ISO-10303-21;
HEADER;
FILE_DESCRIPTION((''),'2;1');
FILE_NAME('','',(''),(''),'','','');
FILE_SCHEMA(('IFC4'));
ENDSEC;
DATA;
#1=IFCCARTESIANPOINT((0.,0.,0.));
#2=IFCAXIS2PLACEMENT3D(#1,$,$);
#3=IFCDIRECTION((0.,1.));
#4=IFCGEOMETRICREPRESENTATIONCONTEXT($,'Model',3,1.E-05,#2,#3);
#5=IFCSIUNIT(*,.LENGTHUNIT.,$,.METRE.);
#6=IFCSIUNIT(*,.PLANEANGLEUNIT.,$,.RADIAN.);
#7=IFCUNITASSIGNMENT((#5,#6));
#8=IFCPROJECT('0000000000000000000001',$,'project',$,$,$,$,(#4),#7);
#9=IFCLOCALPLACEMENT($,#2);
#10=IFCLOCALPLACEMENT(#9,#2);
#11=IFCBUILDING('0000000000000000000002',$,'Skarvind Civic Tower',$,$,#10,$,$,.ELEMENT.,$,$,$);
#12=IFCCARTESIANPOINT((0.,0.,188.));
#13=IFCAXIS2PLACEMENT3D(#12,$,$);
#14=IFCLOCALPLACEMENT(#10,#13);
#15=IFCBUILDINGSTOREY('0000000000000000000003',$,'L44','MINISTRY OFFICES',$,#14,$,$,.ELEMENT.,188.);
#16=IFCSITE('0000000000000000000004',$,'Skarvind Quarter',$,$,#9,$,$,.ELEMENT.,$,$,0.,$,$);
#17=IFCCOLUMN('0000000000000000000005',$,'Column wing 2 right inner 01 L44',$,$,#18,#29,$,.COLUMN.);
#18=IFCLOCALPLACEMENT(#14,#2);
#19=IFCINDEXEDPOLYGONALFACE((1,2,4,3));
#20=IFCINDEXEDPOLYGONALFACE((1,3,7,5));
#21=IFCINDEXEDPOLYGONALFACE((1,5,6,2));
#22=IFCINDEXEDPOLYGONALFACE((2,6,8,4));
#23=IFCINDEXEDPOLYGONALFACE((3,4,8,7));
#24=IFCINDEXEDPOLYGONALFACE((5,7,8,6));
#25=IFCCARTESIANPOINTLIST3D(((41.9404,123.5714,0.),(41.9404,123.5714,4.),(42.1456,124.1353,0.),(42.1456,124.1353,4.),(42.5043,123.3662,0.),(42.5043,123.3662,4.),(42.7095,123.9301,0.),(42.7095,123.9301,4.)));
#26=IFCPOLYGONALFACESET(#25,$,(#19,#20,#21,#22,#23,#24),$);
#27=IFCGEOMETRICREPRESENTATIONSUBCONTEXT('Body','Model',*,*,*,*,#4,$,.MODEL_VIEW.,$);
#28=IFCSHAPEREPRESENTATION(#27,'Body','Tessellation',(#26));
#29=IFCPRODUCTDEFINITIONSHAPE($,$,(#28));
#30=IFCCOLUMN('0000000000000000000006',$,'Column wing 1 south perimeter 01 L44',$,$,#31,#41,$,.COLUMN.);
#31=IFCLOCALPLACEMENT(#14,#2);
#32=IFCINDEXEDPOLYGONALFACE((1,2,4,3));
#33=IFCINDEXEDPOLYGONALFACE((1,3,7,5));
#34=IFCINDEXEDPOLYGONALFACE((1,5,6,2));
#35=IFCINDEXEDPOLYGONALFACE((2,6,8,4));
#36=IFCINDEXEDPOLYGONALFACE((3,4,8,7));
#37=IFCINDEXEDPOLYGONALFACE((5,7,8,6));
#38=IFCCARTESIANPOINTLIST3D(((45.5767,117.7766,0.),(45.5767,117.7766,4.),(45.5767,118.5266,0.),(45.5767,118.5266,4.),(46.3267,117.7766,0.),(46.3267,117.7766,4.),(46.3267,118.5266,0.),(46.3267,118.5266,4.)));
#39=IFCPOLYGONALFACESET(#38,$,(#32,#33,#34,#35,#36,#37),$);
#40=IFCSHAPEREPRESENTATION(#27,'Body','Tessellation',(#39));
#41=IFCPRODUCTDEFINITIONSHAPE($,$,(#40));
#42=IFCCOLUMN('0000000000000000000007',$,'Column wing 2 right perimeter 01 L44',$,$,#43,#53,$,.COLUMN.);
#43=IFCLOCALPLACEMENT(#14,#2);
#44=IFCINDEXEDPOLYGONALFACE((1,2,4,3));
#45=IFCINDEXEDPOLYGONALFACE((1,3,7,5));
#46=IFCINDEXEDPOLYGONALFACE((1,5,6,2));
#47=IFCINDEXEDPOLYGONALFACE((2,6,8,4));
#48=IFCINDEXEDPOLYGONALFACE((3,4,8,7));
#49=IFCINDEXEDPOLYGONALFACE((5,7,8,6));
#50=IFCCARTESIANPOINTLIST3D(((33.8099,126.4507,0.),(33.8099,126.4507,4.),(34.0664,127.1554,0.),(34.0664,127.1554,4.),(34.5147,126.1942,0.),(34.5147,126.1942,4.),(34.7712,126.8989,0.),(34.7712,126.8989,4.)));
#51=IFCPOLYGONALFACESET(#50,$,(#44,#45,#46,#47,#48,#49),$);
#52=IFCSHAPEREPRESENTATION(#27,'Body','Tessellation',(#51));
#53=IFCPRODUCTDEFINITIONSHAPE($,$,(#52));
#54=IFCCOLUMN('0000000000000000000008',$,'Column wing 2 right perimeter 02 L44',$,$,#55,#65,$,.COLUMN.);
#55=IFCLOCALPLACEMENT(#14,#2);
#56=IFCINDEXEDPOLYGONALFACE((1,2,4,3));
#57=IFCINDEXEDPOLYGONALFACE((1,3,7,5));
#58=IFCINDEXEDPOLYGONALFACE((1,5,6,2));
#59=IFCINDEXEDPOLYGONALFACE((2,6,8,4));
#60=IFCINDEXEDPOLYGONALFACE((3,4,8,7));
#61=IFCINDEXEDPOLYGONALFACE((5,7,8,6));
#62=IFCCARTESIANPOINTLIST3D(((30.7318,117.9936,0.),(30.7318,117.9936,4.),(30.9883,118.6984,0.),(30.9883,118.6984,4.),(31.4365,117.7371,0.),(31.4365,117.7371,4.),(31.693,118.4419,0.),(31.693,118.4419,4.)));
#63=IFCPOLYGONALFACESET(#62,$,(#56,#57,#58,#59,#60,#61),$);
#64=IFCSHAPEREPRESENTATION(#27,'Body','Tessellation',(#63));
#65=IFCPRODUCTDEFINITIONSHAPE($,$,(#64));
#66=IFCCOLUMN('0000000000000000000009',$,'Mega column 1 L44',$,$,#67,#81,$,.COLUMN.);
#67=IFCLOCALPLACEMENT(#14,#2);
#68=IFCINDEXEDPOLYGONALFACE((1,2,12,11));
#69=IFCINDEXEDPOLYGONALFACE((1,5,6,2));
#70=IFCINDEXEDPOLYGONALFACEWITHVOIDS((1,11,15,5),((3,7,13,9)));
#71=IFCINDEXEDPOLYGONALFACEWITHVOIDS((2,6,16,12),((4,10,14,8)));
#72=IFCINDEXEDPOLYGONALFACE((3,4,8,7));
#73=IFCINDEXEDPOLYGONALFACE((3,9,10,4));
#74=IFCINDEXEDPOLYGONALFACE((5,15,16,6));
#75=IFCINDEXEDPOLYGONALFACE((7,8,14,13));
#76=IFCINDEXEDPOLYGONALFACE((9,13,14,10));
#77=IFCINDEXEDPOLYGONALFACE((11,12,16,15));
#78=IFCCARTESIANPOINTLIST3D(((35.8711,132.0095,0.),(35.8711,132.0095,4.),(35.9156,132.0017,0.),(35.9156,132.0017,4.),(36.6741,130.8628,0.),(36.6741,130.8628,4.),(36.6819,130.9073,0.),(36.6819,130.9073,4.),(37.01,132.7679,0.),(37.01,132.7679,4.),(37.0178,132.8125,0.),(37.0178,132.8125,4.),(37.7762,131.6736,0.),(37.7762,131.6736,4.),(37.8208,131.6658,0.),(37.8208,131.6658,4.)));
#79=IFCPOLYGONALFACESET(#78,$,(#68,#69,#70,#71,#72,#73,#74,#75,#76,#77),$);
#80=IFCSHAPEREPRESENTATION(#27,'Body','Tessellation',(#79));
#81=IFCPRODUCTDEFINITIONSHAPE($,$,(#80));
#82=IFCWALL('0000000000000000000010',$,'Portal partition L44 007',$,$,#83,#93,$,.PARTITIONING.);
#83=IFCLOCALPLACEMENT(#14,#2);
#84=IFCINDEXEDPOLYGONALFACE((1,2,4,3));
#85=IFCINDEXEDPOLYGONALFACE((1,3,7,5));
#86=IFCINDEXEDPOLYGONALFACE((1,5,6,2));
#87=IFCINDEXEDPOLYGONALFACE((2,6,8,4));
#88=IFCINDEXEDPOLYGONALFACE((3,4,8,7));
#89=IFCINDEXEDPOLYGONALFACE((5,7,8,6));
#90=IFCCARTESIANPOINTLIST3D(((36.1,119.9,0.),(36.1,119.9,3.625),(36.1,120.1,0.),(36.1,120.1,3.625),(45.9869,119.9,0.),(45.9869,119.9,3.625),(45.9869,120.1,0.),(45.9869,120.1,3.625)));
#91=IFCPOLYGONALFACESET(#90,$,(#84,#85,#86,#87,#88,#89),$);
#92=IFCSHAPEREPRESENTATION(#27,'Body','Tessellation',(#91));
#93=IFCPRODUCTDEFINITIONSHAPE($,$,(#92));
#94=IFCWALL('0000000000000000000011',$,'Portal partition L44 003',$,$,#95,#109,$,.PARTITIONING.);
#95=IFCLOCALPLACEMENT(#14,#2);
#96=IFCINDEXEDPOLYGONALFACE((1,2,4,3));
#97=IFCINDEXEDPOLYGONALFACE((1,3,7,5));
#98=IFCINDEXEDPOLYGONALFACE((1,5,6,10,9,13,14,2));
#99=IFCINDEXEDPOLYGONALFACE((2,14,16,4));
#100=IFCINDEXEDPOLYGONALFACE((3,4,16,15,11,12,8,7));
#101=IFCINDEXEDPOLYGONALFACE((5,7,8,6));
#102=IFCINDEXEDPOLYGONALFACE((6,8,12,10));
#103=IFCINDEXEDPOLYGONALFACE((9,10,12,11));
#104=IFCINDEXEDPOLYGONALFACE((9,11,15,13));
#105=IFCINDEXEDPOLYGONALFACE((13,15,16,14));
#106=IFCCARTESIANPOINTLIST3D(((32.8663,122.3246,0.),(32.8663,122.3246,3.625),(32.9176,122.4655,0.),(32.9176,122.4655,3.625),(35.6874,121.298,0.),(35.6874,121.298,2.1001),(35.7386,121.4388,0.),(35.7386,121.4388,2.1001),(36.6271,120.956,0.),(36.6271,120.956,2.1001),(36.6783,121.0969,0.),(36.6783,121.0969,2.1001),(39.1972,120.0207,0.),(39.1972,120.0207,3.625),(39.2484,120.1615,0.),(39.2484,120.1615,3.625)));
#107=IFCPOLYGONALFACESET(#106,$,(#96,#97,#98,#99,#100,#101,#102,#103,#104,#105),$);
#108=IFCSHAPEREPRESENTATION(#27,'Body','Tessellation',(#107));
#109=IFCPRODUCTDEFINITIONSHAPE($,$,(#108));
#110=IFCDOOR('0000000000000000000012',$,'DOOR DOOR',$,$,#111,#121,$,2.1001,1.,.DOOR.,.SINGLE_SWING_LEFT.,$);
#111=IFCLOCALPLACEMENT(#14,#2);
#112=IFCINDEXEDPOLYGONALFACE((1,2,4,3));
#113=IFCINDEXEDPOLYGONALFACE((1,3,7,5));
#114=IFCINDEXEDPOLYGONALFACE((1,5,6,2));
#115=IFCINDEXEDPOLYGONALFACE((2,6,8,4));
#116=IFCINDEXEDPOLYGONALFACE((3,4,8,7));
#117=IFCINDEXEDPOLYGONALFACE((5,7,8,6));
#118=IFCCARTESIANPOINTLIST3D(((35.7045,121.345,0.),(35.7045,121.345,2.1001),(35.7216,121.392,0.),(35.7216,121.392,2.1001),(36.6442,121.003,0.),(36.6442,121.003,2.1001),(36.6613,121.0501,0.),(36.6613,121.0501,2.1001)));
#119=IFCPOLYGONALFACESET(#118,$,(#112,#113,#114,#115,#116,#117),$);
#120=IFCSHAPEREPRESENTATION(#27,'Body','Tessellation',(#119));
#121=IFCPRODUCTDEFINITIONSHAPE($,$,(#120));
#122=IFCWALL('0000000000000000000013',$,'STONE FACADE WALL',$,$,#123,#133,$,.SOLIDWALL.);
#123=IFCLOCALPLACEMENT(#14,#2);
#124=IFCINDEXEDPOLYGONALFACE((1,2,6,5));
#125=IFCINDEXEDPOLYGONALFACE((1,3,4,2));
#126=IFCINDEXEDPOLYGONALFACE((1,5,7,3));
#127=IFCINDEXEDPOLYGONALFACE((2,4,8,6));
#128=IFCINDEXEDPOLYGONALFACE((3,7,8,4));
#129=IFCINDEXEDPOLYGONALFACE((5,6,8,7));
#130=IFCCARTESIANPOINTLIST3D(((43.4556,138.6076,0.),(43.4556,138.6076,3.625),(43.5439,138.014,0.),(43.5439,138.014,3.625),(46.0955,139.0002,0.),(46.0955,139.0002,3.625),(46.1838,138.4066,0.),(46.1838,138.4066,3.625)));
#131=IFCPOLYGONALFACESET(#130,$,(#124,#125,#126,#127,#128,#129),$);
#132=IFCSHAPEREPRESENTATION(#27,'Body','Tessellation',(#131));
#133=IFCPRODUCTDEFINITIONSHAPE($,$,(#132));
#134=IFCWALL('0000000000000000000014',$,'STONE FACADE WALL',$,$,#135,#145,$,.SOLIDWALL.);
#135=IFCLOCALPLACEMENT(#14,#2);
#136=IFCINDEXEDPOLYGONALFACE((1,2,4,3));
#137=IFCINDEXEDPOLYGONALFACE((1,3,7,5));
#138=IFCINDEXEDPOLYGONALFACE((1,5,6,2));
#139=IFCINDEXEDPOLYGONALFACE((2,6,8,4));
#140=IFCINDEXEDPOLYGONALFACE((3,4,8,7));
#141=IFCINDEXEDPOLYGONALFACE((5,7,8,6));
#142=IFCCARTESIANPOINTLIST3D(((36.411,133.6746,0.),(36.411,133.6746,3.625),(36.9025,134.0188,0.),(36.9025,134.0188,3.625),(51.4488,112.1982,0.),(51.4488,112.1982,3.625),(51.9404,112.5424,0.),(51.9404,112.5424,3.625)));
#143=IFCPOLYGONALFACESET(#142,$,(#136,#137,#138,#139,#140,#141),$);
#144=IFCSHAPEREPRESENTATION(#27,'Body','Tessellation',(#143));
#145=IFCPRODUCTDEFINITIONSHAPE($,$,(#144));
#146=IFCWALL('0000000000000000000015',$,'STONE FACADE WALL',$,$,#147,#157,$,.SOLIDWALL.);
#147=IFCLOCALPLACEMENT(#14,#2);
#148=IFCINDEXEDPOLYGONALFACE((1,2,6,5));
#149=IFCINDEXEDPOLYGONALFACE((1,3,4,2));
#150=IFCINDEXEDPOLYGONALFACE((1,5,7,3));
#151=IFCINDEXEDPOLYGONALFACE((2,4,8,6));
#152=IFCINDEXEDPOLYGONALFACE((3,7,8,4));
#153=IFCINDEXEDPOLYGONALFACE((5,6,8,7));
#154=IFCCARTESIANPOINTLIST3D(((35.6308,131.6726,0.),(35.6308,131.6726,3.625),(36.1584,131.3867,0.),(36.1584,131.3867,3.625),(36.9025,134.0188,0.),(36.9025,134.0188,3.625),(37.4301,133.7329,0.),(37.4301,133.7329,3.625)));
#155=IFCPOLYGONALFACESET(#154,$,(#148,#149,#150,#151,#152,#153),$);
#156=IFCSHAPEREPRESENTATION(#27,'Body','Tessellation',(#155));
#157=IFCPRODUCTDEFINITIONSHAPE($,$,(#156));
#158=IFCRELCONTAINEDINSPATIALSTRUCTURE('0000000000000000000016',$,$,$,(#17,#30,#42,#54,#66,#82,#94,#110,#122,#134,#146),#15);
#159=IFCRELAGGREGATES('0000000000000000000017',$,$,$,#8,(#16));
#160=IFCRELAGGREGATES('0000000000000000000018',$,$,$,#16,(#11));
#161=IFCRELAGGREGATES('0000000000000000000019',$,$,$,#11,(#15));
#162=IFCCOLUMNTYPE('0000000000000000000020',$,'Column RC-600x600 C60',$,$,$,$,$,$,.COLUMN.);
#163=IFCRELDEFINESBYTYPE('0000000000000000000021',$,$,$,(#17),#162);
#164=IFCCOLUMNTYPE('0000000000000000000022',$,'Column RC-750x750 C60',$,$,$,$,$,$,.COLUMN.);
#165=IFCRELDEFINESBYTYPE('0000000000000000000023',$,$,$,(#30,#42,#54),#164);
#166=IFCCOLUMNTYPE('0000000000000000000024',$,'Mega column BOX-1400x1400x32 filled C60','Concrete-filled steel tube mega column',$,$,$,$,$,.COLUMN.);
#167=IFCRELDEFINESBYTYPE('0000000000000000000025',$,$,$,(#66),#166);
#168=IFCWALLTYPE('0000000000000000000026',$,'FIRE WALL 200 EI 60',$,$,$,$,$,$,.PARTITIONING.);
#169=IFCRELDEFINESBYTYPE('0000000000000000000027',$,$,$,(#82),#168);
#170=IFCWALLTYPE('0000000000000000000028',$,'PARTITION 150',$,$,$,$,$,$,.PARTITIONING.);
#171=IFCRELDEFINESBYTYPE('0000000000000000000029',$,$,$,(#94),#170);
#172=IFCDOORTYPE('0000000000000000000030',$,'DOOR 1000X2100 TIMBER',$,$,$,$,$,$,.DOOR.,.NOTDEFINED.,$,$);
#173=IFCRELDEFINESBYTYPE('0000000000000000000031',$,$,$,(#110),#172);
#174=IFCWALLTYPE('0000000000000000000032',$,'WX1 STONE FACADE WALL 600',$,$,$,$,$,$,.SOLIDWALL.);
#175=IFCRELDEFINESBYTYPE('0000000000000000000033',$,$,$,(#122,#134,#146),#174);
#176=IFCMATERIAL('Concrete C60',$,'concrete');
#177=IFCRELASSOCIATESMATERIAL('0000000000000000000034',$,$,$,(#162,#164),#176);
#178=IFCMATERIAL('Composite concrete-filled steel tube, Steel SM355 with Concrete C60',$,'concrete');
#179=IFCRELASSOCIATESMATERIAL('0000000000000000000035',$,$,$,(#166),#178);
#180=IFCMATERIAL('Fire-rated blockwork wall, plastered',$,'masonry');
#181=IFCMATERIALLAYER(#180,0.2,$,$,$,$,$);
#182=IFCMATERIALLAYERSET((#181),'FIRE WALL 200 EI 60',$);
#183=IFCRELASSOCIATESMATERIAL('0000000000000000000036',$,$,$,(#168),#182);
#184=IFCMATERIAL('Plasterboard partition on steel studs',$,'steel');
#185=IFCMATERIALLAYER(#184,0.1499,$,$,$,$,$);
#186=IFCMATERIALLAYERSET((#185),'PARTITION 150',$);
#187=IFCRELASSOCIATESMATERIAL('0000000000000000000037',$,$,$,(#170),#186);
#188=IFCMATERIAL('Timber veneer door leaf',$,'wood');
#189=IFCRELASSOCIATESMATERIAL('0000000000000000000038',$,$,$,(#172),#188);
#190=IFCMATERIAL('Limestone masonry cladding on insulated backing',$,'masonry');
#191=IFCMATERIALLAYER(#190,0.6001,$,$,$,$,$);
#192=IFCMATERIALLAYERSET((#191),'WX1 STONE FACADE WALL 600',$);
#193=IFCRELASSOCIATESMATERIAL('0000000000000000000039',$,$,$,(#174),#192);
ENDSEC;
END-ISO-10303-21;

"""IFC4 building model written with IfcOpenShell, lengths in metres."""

from ifc_helpers import new_model, si_unit, direction, frame, frame_2d, origin, origin_2d, place, context, subcontext, project, spatial, rectangle, hollow_rectangle, extrude, material, layer, layer_set, material_profile, profile_set, type_object, element, fill, save


model = new_model("IFC4")

# Units and contexts
model_context = context("Model", 3, precision=1e-05, world=origin(), true_north=direction((0.0, 1.0)))
body_context = subcontext(model_context, "Body", "Model", "MODEL_VIEW")
ifc_project = project(units=[si_unit("LENGTHUNIT", "METRE"), si_unit("PLANEANGLEUNIT", "RADIAN")], contexts=[model_context])

# Site, building, storey
site_placement = place(None, origin())
site = spatial("IfcSite", under=ifc_project, at=site_placement, Name="Skarvind Quarter", CompositionType="ELEMENT", RefElevation=0.0)
building_placement = place(site_placement, origin())
building = spatial("IfcBuilding", under=site, at=building_placement, Name="Skarvind Civic Tower", CompositionType="ELEMENT")
storey_placement = place(building_placement, frame((0.0, 0.0, 188.0)))
storey = spatial("IfcBuildingStorey", under=building, at=storey_placement, Name="L44", Description="MINISTRY OFFICES", CompositionType="ELEMENT", Elevation=188.0)

# Columns
ifc_material_1 = material(Name="Concrete C60", Category="concrete")
ifc_material_profile_1 = material_profile(ifc_material_1, rectangle(XDim=0.6001, YDim=0.6001, at=origin_2d()), Name="RC-600x600")
ifc_profile_set_1 = profile_set([ifc_material_profile_1], Name="Concrete C60")
column_type_1 = type_object("IfcColumnType", Name="Column RC-600x600 C60", PredefinedType="COLUMN", material=ifc_profile_set_1)
column_1_placement = place(storey_placement, frame((42.325, 123.7507, 0.0), z_axis=(0.0, 0.0, 1.0), x_axis=(-0.34202, -0.939693, 0.0)))
element("IfcColumn", 1, at=column_1_placement, inside=storey, type_object=column_type_1, Name="Column wing 2 right inner 01 L44", PredefinedType="COLUMN", context=body_context, shape_type="SweptSolid", body=[
    extrude(rectangle(XDim=0.6001, YDim=0.6001, at=origin_2d()), origin(), (0.0, 0.0, 1.0), 4.0),
])
ifc_material_profile_2 = material_profile(ifc_material_1, rectangle(XDim=0.75, YDim=0.75, at=origin_2d()), Name="RC-750x750")
ifc_profile_set_2 = profile_set([ifc_material_profile_2], Name="Concrete C60")
column_type_2 = type_object("IfcColumnType", Name="Column RC-750x750 C60", PredefinedType="COLUMN", material=ifc_profile_set_2)
for number, where, z_axis, x_axis, name in (
    (2, (45.9517, 118.1516, 0.0), (0.0, 0.0, 1.0), (1.0, 0.0, 0.0), "Column wing 1 south perimeter 01 L44"),
    (3, (34.2905, 126.6748, 0.0), (0.0, 0.0, 1.0), (-0.34202, -0.939693, 0.0), "Column wing 2 right perimeter 01 L44"),
    (4, (31.2124, 118.2178, 0.0), (0.0, 0.0, 1.0), (-0.34202, -0.939693, 0.0), "Column wing 2 right perimeter 02 L44"),
):
    element("IfcColumn", number, at=place(storey_placement, frame(where, z_axis=z_axis, x_axis=x_axis)), inside=storey, type_object=column_type_2, Name=name, PredefinedType="COLUMN", context=body_context, shape_type="SweptSolid", body=[
        extrude(rectangle(XDim=0.75, YDim=0.75, at=origin_2d()), origin(), (0.0, 0.0, 1.0), 4.0),
    ])
ifc_material_2 = material(Name="Composite concrete-filled steel tube, Steel SM355 with Concrete C60", Category="concrete")
ifc_material_profile_3 = material_profile(ifc_material_2, hollow_rectangle(XDim=1.3999, YDim=1.3999, WallThickness=0.032, at=origin_2d()), Name="BOX-1400x1400x32")
ifc_profile_set_3 = profile_set([ifc_material_profile_3], Name="Composite concrete-filled steel tube, Steel SM355 with Concrete C60")
column_type_3 = type_object("IfcColumnType", Name="Mega column BOX-1400x1400x32 filled C60", Description="Concrete-filled steel tube mega column", PredefinedType="COLUMN", material=ifc_profile_set_3)
column_2_placement = place(storey_placement, frame((36.8459, 131.8376, 0.0), z_axis=(0.0, 0.0, 1.0), x_axis=(0.573576, -0.819152, 0.0)))
element("IfcColumn", 5, at=column_2_placement, inside=storey, type_object=column_type_3, Name="Mega column 1 L44", PredefinedType="COLUMN", context=body_context, shape_type="SweptSolid", body=[
    extrude(hollow_rectangle(XDim=1.3999, YDim=1.3999, WallThickness=0.032, at=origin_2d()), origin(), (0.0, 0.0, 1.0), 4.0),
])

# Wall
ifc_material_3 = material(Name="Fire-rated blockwork wall, plastered", Category="masonry")
ifc_layer_1 = layer(ifc_material_3, 0.2)
ifc_layer_set_1 = layer_set([ifc_layer_1], Name="FIRE WALL 200 EI 60")
wall_type_1 = type_object("IfcWallType", Name="FIRE WALL 200 EI 60", PredefinedType="PARTITIONING", material=ifc_layer_set_1)
wall_1_placement = place(storey_placement, frame((36.1001, 120.0, 0.0), z_axis=(0.0, 0.0, 1.0), x_axis=(1.0, 0.0, 0.0)))
element("IfcWall", 6, at=wall_1_placement, inside=storey, type_object=wall_type_1, Name="Portal partition L44 007", PredefinedType="PARTITIONING", context=body_context, shape_type="SweptSolid", body=[
    extrude(rectangle(XDim=9.887, YDim=0.2, at=frame_2d((4.9434, 0.0))), origin(), (0.0, 0.0, 1.0), 3.625),
])

# Wall, opening, door
ifc_material_4 = material(Name="Plasterboard partition on steel studs", Category="steel")
ifc_layer_2 = layer(ifc_material_4, 0.1499)
ifc_layer_set_2 = layer_set([ifc_layer_2], Name="PARTITION 150")
wall_type_2 = type_object("IfcWallType", Name="PARTITION 150", PredefinedType="PARTITIONING", material=ifc_layer_set_2)
wall_2_placement = place(storey_placement, frame((39.2229, 120.0911, 0.0), z_axis=(0.0, 0.0, 1.0), x_axis=(-0.939706, 0.341985, 0.0)))
wall_2 = element("IfcWall", 7, at=wall_2_placement, inside=storey, type_object=wall_type_2, Name="Portal partition L44 003", PredefinedType="PARTITIONING", context=body_context, shape_type="SweptSolid", body=[
    extrude(rectangle(XDim=6.7371, YDim=0.1499, at=frame_2d((3.3687, 0.0))), origin(), (0.0, 0.0, 1.0), 3.625),
])
opening_placement = place(wall_2_placement, frame((2.7351, 0.0, 0.0)))
opening = element("IfcOpeningElement", 8, at=opening_placement, cuts=wall_2, PredefinedType="OPENING", context=body_context, shape_type="SweptSolid", body=[
    extrude(rectangle(XDim=1.0, YDim=2.1001, at=frame_2d((0.5, 1.05))), frame((0.0, 0.085, 0.0), z_axis=(0.0, -1.0, 0.0), x_axis=(1.0, 0.0, 0.0)), (0.0, 0.0, 1.0), 0.1699),
])
ifc_material_5 = material(Name="Timber veneer door leaf", Category="wood")
door_type = type_object("IfcDoorType", Name="DOOR 1000X2100 TIMBER", OperationType="NOTDEFINED", PredefinedType="DOOR", material=ifc_material_5)
door_placement = place(opening_placement, origin())
door = element("IfcDoor", 9, at=door_placement, inside=storey, type_object=door_type, Name="DOOR DOOR", OperationType="SINGLE_SWING_LEFT", OverallHeight=2.1001, OverallWidth=1.0, PredefinedType="DOOR", context=body_context, shape_type="SweptSolid", body=[
    extrude(rectangle(XDim=1.0, YDim=2.1001, at=frame_2d((0.5, 1.05))), frame((0.0, 0.0249, 0.0), z_axis=(0.0, -1.0, 0.0), x_axis=(1.0, 0.0, 0.0)), (0.0, 0.0, 1.0), 0.05),
])
fill(opening, door)

# Walls
ifc_material_6 = material(Name="Limestone masonry cladding on insulated backing", Category="masonry")
ifc_layer_3 = layer(ifc_material_6, 0.6001)
ifc_layer_set_3 = layer_set([ifc_layer_3], Name="WX1 STONE FACADE WALL 600")
wall_type_3 = type_object("IfcWallType", Name="WX1 STONE FACADE WALL 600", PredefinedType="SOLIDWALL", material=ifc_layer_set_3)
wall_3_placement = place(storey_placement, frame((43.4998, 138.3108, 0.0), z_axis=(0.0, 0.0, 1.0), x_axis=(0.989123, 0.147092, 0.0)))
element("IfcWall", 10, at=wall_3_placement, inside=storey, type_object=wall_type_3, Name="STONE FACADE WALL", PredefinedType="SOLIDWALL", context=body_context, shape_type="SweptSolid", body=[
    extrude(rectangle(XDim=2.6689, YDim=0.6001, at=frame_2d((1.3345, 0.0))), origin(), (0.0, 0.0, 1.0), 3.625),
])
wall_4_placement = place(storey_placement, frame((36.6567, 133.8467, 0.0), z_axis=(0.0, 0.0, 1.0), x_axis=(0.573575, -0.819153, 0.0)))
element("IfcWall", 11, at=wall_4_placement, inside=storey, type_object=wall_type_3, Name="STONE FACADE WALL", PredefinedType="SOLIDWALL", context=body_context, shape_type="SweptSolid", body=[
    extrude(rectangle(XDim=26.2178, YDim=0.6001, at=frame_2d((13.1089, 0.0))), origin(), (0.0, 0.0, 1.0), 3.625),
])
wall_5_placement = place(storey_placement, frame((35.8945, 131.5295, 0.0), z_axis=(0.0, 0.0, 1.0), x_axis=(0.476537, 0.879155, 0.0)))
element("IfcWall", 12, at=wall_5_placement, inside=storey, type_object=wall_type_3, Name="STONE FACADE WALL", PredefinedType="SOLIDWALL", context=body_context, shape_type="SweptSolid", body=[
    extrude(rectangle(XDim=2.6687, YDim=0.6001, at=frame_2d((1.3345, 0.0))), origin(), (0.0, 0.0, 1.0), 3.625),
])

save(model, "model.ifc")
